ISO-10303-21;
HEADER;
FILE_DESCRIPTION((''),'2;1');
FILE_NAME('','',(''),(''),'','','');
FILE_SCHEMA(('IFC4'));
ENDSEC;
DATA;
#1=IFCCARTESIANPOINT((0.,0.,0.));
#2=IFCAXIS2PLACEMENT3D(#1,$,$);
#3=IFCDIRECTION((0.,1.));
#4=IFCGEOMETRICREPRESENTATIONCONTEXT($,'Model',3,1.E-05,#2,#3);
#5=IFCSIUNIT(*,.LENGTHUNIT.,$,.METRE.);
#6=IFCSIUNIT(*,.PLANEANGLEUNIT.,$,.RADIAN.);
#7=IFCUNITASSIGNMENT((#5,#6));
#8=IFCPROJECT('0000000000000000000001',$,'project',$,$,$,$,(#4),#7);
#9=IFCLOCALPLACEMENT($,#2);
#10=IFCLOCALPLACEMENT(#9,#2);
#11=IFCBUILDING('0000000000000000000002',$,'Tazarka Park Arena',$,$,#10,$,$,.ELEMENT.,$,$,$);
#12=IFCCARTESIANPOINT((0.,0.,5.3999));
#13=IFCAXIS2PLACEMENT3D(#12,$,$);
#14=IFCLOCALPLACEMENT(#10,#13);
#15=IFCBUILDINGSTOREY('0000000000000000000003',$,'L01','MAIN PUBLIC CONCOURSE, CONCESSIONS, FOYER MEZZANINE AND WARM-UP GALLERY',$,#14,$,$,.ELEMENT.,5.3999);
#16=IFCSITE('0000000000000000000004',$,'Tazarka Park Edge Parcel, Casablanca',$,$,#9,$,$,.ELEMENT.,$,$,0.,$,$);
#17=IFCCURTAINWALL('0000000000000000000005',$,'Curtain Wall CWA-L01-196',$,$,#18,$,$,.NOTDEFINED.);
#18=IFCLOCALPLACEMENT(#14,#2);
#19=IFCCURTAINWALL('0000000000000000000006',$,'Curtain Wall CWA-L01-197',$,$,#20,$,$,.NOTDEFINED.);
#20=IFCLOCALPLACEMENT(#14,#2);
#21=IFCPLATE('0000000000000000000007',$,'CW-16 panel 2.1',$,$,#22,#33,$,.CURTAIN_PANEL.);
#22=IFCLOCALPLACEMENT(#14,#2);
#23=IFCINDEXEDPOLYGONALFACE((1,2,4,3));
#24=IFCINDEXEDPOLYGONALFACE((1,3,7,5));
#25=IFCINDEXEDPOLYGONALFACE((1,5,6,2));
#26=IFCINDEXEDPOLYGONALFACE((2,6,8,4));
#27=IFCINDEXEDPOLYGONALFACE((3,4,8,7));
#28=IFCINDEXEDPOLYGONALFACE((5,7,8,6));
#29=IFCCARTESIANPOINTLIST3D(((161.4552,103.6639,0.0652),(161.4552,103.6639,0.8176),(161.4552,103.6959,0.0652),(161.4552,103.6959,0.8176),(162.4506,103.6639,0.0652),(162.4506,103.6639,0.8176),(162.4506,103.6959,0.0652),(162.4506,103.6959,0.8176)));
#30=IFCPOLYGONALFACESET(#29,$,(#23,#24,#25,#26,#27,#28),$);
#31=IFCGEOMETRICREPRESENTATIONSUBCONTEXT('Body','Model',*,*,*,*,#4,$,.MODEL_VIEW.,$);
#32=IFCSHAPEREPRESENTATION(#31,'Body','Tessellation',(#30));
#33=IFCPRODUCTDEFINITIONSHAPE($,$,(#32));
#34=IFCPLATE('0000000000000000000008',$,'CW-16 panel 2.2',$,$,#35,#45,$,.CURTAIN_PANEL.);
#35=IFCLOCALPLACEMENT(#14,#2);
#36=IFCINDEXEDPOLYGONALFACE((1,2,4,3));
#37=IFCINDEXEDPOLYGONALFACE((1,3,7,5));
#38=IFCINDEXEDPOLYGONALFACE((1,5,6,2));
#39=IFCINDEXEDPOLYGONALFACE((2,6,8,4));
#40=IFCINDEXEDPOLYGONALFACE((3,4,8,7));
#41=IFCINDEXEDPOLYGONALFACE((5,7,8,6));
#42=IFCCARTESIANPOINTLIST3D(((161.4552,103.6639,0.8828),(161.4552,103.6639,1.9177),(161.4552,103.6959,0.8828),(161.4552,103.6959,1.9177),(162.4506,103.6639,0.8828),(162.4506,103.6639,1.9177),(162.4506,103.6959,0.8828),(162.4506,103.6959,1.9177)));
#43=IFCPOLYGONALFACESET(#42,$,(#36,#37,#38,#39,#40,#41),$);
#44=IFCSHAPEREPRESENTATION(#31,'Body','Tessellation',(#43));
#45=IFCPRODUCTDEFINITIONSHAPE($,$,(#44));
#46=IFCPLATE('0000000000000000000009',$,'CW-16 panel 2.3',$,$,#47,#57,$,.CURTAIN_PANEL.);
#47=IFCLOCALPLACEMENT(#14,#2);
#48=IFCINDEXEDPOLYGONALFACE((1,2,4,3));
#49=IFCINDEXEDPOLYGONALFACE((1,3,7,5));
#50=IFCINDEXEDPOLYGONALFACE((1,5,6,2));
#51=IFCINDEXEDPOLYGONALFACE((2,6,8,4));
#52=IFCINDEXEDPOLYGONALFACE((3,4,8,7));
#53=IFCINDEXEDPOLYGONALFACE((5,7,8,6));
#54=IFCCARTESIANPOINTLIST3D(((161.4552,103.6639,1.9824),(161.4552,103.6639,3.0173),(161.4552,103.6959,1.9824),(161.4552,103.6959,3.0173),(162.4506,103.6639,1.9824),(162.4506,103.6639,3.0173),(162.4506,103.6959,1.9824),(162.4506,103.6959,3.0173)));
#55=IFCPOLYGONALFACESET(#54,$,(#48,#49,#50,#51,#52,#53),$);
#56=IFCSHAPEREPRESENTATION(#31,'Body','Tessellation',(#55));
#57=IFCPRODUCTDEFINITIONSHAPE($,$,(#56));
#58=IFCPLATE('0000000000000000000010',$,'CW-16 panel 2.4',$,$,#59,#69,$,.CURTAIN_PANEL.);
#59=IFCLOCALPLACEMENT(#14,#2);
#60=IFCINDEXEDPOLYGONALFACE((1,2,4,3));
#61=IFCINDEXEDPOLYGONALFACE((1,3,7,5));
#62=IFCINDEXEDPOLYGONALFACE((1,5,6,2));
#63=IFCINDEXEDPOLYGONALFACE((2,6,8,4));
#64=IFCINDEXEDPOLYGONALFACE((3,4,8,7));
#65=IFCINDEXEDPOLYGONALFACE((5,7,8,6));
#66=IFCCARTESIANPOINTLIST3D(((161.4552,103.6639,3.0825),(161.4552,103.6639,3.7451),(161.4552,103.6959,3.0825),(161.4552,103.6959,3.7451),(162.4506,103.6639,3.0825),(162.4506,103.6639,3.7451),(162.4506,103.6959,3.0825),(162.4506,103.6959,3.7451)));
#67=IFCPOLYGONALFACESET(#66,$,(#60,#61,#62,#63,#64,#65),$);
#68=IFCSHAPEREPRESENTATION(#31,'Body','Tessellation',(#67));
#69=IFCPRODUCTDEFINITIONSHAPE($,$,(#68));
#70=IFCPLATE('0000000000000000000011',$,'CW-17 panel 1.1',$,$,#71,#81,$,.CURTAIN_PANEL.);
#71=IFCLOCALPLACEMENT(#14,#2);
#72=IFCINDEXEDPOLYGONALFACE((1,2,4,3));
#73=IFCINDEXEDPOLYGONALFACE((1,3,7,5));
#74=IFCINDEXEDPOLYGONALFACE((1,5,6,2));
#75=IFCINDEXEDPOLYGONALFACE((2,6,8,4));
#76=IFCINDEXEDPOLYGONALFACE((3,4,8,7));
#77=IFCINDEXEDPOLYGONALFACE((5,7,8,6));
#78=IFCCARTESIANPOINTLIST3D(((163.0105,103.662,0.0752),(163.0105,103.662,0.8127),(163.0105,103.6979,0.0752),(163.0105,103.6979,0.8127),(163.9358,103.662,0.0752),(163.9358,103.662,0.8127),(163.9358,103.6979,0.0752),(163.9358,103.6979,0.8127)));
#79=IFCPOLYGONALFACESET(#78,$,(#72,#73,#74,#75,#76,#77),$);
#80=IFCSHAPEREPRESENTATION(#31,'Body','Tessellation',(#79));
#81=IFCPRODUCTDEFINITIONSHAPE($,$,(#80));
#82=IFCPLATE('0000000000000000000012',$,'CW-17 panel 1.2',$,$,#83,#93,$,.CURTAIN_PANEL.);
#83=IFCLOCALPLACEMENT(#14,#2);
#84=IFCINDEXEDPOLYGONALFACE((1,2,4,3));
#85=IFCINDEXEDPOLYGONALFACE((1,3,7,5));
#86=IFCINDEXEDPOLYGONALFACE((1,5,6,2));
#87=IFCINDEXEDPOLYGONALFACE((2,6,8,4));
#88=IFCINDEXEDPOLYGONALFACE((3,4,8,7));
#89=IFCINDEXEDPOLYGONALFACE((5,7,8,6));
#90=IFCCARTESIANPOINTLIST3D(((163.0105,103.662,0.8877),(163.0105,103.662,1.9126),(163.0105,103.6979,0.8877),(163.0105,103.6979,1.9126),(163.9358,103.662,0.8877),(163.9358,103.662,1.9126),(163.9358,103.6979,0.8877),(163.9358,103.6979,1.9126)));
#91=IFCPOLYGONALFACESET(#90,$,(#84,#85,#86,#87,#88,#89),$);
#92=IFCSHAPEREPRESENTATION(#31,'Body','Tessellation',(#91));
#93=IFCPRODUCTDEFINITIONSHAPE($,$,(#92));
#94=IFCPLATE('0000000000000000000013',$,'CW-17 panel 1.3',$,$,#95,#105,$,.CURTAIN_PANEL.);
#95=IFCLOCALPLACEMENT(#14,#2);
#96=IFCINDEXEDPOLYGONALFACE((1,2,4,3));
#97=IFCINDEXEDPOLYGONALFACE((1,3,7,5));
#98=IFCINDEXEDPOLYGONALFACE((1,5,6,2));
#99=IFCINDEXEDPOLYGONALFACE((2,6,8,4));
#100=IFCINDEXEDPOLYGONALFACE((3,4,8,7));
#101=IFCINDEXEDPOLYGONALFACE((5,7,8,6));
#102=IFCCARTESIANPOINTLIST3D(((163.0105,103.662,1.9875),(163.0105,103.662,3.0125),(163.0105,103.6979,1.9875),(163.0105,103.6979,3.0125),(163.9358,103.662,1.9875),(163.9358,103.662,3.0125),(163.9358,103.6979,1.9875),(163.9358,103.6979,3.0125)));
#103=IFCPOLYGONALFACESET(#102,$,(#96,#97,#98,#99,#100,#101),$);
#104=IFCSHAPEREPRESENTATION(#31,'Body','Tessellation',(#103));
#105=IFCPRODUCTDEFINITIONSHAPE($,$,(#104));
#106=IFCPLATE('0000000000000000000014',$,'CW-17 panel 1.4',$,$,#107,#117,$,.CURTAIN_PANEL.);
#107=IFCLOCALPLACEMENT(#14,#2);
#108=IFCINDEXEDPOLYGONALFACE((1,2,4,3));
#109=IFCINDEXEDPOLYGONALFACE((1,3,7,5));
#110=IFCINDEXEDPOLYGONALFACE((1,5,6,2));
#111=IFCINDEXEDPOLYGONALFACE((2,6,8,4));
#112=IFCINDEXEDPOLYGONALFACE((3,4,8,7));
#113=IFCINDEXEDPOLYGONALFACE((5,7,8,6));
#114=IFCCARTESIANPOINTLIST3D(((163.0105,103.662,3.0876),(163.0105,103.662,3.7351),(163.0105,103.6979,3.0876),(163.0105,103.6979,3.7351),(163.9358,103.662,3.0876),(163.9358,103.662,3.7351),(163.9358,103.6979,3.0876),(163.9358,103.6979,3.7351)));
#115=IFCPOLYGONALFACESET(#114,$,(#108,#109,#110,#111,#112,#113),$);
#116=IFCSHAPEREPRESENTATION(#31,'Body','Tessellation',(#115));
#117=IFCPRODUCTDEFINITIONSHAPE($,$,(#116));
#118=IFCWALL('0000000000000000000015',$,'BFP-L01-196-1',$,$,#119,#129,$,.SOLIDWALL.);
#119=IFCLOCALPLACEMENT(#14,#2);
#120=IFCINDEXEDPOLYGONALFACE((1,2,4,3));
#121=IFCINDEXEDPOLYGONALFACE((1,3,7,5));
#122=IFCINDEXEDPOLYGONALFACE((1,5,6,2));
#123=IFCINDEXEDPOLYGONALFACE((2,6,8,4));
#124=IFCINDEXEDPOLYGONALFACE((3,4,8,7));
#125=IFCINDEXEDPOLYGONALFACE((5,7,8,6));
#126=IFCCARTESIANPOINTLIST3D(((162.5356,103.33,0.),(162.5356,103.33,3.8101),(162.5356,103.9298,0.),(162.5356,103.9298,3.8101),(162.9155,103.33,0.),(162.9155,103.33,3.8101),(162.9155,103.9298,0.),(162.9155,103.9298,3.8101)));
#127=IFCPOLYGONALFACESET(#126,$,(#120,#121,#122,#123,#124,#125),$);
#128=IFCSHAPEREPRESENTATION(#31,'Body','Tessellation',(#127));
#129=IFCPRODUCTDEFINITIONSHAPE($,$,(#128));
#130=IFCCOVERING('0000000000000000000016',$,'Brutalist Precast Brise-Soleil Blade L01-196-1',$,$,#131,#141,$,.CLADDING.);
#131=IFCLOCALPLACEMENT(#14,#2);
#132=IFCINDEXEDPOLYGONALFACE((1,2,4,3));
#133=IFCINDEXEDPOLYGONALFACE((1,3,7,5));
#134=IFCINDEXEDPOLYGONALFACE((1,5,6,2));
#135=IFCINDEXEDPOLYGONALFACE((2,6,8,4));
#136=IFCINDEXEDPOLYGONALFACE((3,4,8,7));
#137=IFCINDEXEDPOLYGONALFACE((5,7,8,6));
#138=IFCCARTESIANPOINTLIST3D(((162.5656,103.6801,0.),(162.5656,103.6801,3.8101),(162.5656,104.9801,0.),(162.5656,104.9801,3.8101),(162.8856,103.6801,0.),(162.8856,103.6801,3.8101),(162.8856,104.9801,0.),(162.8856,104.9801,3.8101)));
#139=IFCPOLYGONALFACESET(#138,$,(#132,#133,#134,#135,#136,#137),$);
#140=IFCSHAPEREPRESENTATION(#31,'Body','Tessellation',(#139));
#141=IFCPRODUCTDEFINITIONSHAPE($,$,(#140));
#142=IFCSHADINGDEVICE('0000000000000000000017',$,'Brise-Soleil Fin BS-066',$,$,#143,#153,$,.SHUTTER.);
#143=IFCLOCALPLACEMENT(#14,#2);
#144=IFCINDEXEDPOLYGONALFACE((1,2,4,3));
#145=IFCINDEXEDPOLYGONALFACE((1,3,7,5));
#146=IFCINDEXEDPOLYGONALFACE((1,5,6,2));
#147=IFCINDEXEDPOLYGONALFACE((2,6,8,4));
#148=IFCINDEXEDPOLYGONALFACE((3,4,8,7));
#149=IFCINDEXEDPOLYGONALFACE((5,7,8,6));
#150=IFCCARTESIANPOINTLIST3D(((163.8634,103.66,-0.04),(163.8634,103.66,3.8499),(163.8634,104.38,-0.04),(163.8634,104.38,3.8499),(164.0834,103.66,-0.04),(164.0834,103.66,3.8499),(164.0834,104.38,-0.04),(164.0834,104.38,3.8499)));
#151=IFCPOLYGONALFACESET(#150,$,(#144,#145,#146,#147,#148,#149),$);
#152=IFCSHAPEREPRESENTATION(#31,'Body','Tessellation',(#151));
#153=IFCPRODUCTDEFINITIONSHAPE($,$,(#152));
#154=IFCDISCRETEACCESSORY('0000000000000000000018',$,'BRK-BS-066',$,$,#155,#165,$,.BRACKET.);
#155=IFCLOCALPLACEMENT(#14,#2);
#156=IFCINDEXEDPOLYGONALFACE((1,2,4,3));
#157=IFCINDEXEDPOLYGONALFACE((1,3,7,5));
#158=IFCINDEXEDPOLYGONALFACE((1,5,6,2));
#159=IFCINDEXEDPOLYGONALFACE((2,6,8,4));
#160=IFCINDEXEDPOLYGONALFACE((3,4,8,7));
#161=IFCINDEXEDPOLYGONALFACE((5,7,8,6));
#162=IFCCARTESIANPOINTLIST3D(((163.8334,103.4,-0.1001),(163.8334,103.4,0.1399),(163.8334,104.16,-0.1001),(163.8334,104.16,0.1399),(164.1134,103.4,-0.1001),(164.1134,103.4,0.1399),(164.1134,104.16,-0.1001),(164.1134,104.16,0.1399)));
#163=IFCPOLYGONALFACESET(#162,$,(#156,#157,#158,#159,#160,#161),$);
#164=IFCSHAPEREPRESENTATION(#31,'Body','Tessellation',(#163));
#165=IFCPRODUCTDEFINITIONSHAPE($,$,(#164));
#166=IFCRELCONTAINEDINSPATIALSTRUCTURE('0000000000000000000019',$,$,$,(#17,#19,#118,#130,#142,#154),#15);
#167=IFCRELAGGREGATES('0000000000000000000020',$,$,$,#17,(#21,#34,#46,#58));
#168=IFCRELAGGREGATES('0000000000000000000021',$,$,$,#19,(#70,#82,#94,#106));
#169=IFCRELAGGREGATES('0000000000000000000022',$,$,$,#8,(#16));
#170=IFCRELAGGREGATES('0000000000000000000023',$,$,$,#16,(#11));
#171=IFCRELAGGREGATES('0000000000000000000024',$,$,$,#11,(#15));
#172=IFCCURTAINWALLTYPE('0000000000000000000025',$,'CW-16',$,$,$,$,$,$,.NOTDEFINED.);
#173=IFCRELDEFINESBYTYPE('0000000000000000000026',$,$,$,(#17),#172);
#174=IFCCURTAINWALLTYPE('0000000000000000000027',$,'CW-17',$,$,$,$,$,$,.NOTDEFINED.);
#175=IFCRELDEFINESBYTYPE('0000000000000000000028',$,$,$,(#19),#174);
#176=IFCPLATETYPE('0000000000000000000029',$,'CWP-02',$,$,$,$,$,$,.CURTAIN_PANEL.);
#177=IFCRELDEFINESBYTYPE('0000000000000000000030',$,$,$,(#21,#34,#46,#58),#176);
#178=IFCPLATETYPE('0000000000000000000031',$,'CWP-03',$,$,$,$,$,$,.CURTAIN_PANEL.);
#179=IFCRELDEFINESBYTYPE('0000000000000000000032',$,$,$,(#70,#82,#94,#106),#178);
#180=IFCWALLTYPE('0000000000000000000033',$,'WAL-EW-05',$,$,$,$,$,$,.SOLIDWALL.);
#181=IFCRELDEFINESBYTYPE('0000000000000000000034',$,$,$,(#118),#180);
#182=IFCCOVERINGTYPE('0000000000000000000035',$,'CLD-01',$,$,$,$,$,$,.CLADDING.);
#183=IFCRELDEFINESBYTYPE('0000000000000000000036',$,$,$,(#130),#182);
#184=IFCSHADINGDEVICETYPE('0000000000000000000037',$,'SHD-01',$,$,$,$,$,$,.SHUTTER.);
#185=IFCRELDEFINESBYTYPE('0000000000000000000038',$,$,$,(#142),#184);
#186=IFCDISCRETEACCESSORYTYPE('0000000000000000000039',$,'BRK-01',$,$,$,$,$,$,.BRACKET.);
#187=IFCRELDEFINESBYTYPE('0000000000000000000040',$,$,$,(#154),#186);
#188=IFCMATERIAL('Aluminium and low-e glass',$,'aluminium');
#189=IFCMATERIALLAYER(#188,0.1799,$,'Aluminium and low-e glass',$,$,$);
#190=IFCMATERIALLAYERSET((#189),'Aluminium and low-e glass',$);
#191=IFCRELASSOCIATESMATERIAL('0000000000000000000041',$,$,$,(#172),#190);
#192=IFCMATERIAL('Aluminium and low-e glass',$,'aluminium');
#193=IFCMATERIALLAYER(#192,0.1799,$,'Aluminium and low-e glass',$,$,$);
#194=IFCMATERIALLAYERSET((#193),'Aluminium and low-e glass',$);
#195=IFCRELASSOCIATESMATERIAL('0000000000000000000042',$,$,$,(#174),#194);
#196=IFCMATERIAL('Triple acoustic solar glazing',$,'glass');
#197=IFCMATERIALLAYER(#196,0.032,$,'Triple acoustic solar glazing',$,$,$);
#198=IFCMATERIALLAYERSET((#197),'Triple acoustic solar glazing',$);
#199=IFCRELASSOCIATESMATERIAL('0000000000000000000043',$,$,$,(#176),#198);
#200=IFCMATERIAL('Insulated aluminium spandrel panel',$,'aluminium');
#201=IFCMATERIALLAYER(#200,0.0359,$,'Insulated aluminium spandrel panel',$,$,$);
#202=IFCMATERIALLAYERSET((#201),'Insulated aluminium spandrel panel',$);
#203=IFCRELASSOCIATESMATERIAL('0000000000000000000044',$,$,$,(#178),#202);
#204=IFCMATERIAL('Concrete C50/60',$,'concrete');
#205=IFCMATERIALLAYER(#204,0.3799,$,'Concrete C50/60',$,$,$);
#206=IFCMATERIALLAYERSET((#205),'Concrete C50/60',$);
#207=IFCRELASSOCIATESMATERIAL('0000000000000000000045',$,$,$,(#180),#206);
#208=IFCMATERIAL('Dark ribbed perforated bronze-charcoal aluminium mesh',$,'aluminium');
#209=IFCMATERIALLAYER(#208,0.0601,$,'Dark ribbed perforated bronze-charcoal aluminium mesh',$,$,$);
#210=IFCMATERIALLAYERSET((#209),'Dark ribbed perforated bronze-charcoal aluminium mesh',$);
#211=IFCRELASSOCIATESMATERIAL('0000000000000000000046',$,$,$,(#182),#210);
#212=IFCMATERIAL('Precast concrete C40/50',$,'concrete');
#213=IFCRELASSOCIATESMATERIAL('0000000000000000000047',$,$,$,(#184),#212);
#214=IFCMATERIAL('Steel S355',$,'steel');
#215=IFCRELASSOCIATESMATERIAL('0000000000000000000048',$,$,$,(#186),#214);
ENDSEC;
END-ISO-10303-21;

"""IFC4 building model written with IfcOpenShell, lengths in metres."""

from ifc_helpers import new_model, si_unit, direction, frame, frame_2d, origin, origin_2d, place, context, subcontext, project, spatial, rectangle, extrude, material, layer, layer_set, type_object, element, aggregate, save


model = new_model("IFC4")

# Units and contexts
model_context = context("Model", 3, precision=1e-05, world=origin(), true_north=direction((0.0, 1.0)))
body_context = subcontext(model_context, "Body", "Model", "MODEL_VIEW")
ifc_project = project(units=[si_unit("LENGTHUNIT", "METRE"), si_unit("PLANEANGLEUNIT", "RADIAN")], contexts=[model_context])

# Site, building, storey
site_placement = place(None, origin())
site = spatial("IfcSite", under=ifc_project, at=site_placement, Name="Tazarka Park Edge Parcel, Casablanca", CompositionType="ELEMENT", RefElevation=0.0)
building_placement = place(site_placement, origin())
building = spatial("IfcBuilding", under=site, at=building_placement, Name="Tazarka Park Arena", CompositionType="ELEMENT")
storey_placement = place(building_placement, frame((0.0, 0.0, 5.3999)))
storey = spatial("IfcBuildingStorey", under=building, at=storey_placement, Name="L01", Description="MAIN PUBLIC CONCOURSE, CONCESSIONS, FOYER MEZZANINE AND WARM-UP GALLERY", CompositionType="ELEMENT", Elevation=5.3999)

# Curtain wall
ifc_material_1 = material(Name="Aluminium and low-e glass", Category="aluminium")
ifc_layer_1 = layer(ifc_material_1, 0.1799, Name="Aluminium and low-e glass")
ifc_layer_set_1 = layer_set([ifc_layer_1], Name="Aluminium and low-e glass")
curtain_wall_type_1 = type_object("IfcCurtainWallType", Name="CW-16", PredefinedType="NOTDEFINED", material=ifc_layer_set_1)
curtain_wall_1_placement = place(storey_placement, origin())
curtain_wall_1 = element("IfcCurtainWall", 1, at=curtain_wall_1_placement, inside=storey, type_object=curtain_wall_type_1, Name="Curtain Wall CWA-L01-196", PredefinedType="NOTDEFINED")

# Curtain wall
ifc_material_2 = material(Name="Aluminium and low-e glass", Category="aluminium")
ifc_layer_2 = layer(ifc_material_2, 0.1799, Name="Aluminium and low-e glass")
ifc_layer_set_2 = layer_set([ifc_layer_2], Name="Aluminium and low-e glass")
curtain_wall_type_2 = type_object("IfcCurtainWallType", Name="CW-17", PredefinedType="NOTDEFINED", material=ifc_layer_set_2)
curtain_wall_2_placement = place(storey_placement, origin())
curtain_wall_2 = element("IfcCurtainWall", 2, at=curtain_wall_2_placement, inside=storey, type_object=curtain_wall_type_2, Name="Curtain Wall CWA-L01-197", PredefinedType="NOTDEFINED")

# Plates
ifc_material_3 = material(Name="Triple acoustic solar glazing", Category="glass")
ifc_layer_3 = layer(ifc_material_3, 0.032, Name="Triple acoustic solar glazing")
ifc_layer_set_3 = layer_set([ifc_layer_3], Name="Triple acoustic solar glazing")
plate_type_1 = type_object("IfcPlateType", Name="CWP-02", PredefinedType="CURTAIN_PANEL", material=ifc_layer_set_3)
plate_1_placement = place(storey_placement, frame((161.9529, 103.6799, 0.0652), z_axis=(0.0, 0.0, 1.0), x_axis=(1.0, 0.0, 0.0)))
plate_1 = element("IfcPlate", 3, at=plate_1_placement, type_object=plate_type_1, Name="CW-16 panel 2.1", PredefinedType="CURTAIN_PANEL", context=body_context, shape_type="SweptSolid", body=[
    extrude(rectangle(XDim=0.9954, YDim=0.032, at=origin_2d()), origin(), (0.0, 0.0, 1.0), 0.7524),
])
plate_2_placement = place(storey_placement, frame((161.9529, 103.6799, 0.8828), z_axis=(0.0, 0.0, 1.0), x_axis=(1.0, 0.0, 0.0)))
plate_2 = element("IfcPlate", 4, at=plate_2_placement, type_object=plate_type_1, Name="CW-16 panel 2.2", PredefinedType="CURTAIN_PANEL", context=body_context, shape_type="SweptSolid", body=[
    extrude(rectangle(XDim=0.9954, YDim=0.032, at=origin_2d()), origin(), (0.0, 0.0, 1.0), 1.0349),
])
plate_3_placement = place(storey_placement, frame((161.9529, 103.6799, 1.9824), z_axis=(0.0, 0.0, 1.0), x_axis=(1.0, 0.0, 0.0)))
plate_3 = element("IfcPlate", 5, at=plate_3_placement, type_object=plate_type_1, Name="CW-16 panel 2.3", PredefinedType="CURTAIN_PANEL", context=body_context, shape_type="SweptSolid", body=[
    extrude(rectangle(XDim=0.9954, YDim=0.032, at=origin_2d()), origin(), (0.0, 0.0, 1.0), 1.0349),
])
plate_4_placement = place(storey_placement, frame((161.9529, 103.6799, 3.0825), z_axis=(0.0, 0.0, 1.0), x_axis=(1.0, 0.0, 0.0)))
plate_4 = element("IfcPlate", 6, at=plate_4_placement, type_object=plate_type_1, Name="CW-16 panel 2.4", PredefinedType="CURTAIN_PANEL", context=body_context, shape_type="SweptSolid", body=[
    extrude(rectangle(XDim=0.9954, YDim=0.032, at=origin_2d()), origin(), (0.0, 0.0, 1.0), 0.6626),
])
aggregate(curtain_wall_1, [plate_1, plate_2, plate_3, plate_4])
ifc_material_4 = material(Name="Insulated aluminium spandrel panel", Category="aluminium")
ifc_layer_4 = layer(ifc_material_4, 0.0359, Name="Insulated aluminium spandrel panel")
ifc_layer_set_4 = layer_set([ifc_layer_4], Name="Insulated aluminium spandrel panel")
plate_type_2 = type_object("IfcPlateType", Name="CWP-03", PredefinedType="CURTAIN_PANEL", material=ifc_layer_set_4)
plate_5_placement = place(storey_placement, frame((163.4731, 103.6799, 0.0752), z_axis=(0.0, 0.0, 1.0), x_axis=(1.0, 0.0, 0.0)))
plate_5 = element("IfcPlate", 7, at=plate_5_placement, type_object=plate_type_2, Name="CW-17 panel 1.1", PredefinedType="CURTAIN_PANEL", context=body_context, shape_type="SweptSolid", body=[
    extrude(rectangle(XDim=0.9253, YDim=0.0359, at=origin_2d()), origin(), (0.0, 0.0, 1.0), 0.7375),
])
plate_6_placement = place(storey_placement, frame((163.4731, 103.6799, 0.8877), z_axis=(0.0, 0.0, 1.0), x_axis=(1.0, 0.0, 0.0)))
plate_6 = element("IfcPlate", 8, at=plate_6_placement, type_object=plate_type_2, Name="CW-17 panel 1.2", PredefinedType="CURTAIN_PANEL", context=body_context, shape_type="SweptSolid", body=[
    extrude(rectangle(XDim=0.9253, YDim=0.0359, at=origin_2d()), origin(), (0.0, 0.0, 1.0), 1.0249),
])
plate_7_placement = place(storey_placement, frame((163.4731, 103.6799, 1.9875), z_axis=(0.0, 0.0, 1.0), x_axis=(1.0, 0.0, 0.0)))
plate_7 = element("IfcPlate", 9, at=plate_7_placement, type_object=plate_type_2, Name="CW-17 panel 1.3", PredefinedType="CURTAIN_PANEL", context=body_context, shape_type="SweptSolid", body=[
    extrude(rectangle(XDim=0.9253, YDim=0.0359, at=origin_2d()), origin(), (0.0, 0.0, 1.0), 1.0249),
])
plate_8_placement = place(storey_placement, frame((163.4731, 103.6799, 3.0876), z_axis=(0.0, 0.0, 1.0), x_axis=(1.0, 0.0, 0.0)))
plate_8 = element("IfcPlate", 10, at=plate_8_placement, type_object=plate_type_2, Name="CW-17 panel 1.4", PredefinedType="CURTAIN_PANEL", context=body_context, shape_type="SweptSolid", body=[
    extrude(rectangle(XDim=0.9253, YDim=0.0359, at=origin_2d()), origin(), (0.0, 0.0, 1.0), 0.6475),
])
aggregate(curtain_wall_2, [plate_5, plate_6, plate_7, plate_8])

# Wall
ifc_material_5 = material(Name="Concrete C50/60", Category="concrete")
ifc_layer_5 = layer(ifc_material_5, 0.3799, Name="Concrete C50/60")
ifc_layer_set_5 = layer_set([ifc_layer_5], Name="Concrete C50/60")
wall_type = type_object("IfcWallType", Name="WAL-EW-05", PredefinedType="SOLIDWALL", material=ifc_layer_set_5)
wall_placement = place(storey_placement, frame((162.7256, 103.3301, 0.0), z_axis=(0.0, 0.0, 1.0), x_axis=(0.0, 1.0, 0.0)))
element("IfcWall", 11, at=wall_placement, inside=storey, type_object=wall_type, Name="BFP-L01-196-1", PredefinedType="SOLIDWALL", context=body_context, shape_type="SweptSolid", body=[
    extrude(rectangle(XDim=0.5999, YDim=0.3799, at=frame_2d((0.2998, 0.0))), origin(), (0.0, 0.0, 1.0), 3.8101),
])

# Covering
ifc_material_6 = material(Name="Dark ribbed perforated bronze-charcoal aluminium mesh", Category="aluminium")
ifc_layer_6 = layer(ifc_material_6, 0.0601, Name="Dark ribbed perforated bronze-charcoal aluminium mesh")
ifc_layer_set_6 = layer_set([ifc_layer_6], Name="Dark ribbed perforated bronze-charcoal aluminium mesh")
covering_type = type_object("IfcCoveringType", Name="CLD-01", PredefinedType="CLADDING", material=ifc_layer_set_6)
covering_placement = place(storey_placement, frame((162.7256, 104.3301, 0.0), z_axis=(0.0, 0.0, 1.0), x_axis=(1.0, 0.0, 0.0)))
element("IfcCovering", 12, at=covering_placement, inside=storey, type_object=covering_type, Name="Brutalist Precast Brise-Soleil Blade L01-196-1", PredefinedType="CLADDING", context=body_context, shape_type="SweptSolid", body=[
    extrude(rectangle(XDim=0.3201, YDim=1.3, at=origin_2d()), origin(), (0.0, 0.0, 1.0), 3.8101),
])

# Shading device
ifc_material_7 = material(Name="Precast concrete C40/50", Category="concrete")
shading_device_type = type_object("IfcShadingDeviceType", Name="SHD-01", PredefinedType="SHUTTER", material=ifc_material_7)
shading_device_placement = place(storey_placement, frame((163.9734, 104.02, -0.04), z_axis=(0.0, 0.0, 1.0), x_axis=(1.0, 0.0, 0.0)))
element("IfcShadingDevice", 13, at=shading_device_placement, inside=storey, type_object=shading_device_type, Name="Brise-Soleil Fin BS-066", PredefinedType="SHUTTER", context=body_context, shape_type="SweptSolid", body=[
    extrude(rectangle(XDim=0.22, YDim=0.72, at=origin_2d()), origin(), (0.0, 0.0, 1.0), 3.8899),
])

# Discrete accessory
ifc_material_8 = material(Name="Steel S355", Category="steel")
discrete_accessory_type = type_object("IfcDiscreteAccessoryType", Name="BRK-01", PredefinedType="BRACKET", material=ifc_material_8)
discrete_accessory_placement = place(storey_placement, frame((163.9734, 103.78, -0.1001), z_axis=(0.0, 0.0, 1.0), x_axis=(1.0, 0.0, 0.0)))
element("IfcDiscreteAccessory", 14, at=discrete_accessory_placement, inside=storey, type_object=discrete_accessory_type, Name="BRK-BS-066", PredefinedType="BRACKET", context=body_context, shape_type="SweptSolid", body=[
    extrude(rectangle(XDim=0.28, YDim=0.76, at=origin_2d()), origin(), (0.0, 0.0, 1.0), 0.24),
])

save(model, "model.ifc")
